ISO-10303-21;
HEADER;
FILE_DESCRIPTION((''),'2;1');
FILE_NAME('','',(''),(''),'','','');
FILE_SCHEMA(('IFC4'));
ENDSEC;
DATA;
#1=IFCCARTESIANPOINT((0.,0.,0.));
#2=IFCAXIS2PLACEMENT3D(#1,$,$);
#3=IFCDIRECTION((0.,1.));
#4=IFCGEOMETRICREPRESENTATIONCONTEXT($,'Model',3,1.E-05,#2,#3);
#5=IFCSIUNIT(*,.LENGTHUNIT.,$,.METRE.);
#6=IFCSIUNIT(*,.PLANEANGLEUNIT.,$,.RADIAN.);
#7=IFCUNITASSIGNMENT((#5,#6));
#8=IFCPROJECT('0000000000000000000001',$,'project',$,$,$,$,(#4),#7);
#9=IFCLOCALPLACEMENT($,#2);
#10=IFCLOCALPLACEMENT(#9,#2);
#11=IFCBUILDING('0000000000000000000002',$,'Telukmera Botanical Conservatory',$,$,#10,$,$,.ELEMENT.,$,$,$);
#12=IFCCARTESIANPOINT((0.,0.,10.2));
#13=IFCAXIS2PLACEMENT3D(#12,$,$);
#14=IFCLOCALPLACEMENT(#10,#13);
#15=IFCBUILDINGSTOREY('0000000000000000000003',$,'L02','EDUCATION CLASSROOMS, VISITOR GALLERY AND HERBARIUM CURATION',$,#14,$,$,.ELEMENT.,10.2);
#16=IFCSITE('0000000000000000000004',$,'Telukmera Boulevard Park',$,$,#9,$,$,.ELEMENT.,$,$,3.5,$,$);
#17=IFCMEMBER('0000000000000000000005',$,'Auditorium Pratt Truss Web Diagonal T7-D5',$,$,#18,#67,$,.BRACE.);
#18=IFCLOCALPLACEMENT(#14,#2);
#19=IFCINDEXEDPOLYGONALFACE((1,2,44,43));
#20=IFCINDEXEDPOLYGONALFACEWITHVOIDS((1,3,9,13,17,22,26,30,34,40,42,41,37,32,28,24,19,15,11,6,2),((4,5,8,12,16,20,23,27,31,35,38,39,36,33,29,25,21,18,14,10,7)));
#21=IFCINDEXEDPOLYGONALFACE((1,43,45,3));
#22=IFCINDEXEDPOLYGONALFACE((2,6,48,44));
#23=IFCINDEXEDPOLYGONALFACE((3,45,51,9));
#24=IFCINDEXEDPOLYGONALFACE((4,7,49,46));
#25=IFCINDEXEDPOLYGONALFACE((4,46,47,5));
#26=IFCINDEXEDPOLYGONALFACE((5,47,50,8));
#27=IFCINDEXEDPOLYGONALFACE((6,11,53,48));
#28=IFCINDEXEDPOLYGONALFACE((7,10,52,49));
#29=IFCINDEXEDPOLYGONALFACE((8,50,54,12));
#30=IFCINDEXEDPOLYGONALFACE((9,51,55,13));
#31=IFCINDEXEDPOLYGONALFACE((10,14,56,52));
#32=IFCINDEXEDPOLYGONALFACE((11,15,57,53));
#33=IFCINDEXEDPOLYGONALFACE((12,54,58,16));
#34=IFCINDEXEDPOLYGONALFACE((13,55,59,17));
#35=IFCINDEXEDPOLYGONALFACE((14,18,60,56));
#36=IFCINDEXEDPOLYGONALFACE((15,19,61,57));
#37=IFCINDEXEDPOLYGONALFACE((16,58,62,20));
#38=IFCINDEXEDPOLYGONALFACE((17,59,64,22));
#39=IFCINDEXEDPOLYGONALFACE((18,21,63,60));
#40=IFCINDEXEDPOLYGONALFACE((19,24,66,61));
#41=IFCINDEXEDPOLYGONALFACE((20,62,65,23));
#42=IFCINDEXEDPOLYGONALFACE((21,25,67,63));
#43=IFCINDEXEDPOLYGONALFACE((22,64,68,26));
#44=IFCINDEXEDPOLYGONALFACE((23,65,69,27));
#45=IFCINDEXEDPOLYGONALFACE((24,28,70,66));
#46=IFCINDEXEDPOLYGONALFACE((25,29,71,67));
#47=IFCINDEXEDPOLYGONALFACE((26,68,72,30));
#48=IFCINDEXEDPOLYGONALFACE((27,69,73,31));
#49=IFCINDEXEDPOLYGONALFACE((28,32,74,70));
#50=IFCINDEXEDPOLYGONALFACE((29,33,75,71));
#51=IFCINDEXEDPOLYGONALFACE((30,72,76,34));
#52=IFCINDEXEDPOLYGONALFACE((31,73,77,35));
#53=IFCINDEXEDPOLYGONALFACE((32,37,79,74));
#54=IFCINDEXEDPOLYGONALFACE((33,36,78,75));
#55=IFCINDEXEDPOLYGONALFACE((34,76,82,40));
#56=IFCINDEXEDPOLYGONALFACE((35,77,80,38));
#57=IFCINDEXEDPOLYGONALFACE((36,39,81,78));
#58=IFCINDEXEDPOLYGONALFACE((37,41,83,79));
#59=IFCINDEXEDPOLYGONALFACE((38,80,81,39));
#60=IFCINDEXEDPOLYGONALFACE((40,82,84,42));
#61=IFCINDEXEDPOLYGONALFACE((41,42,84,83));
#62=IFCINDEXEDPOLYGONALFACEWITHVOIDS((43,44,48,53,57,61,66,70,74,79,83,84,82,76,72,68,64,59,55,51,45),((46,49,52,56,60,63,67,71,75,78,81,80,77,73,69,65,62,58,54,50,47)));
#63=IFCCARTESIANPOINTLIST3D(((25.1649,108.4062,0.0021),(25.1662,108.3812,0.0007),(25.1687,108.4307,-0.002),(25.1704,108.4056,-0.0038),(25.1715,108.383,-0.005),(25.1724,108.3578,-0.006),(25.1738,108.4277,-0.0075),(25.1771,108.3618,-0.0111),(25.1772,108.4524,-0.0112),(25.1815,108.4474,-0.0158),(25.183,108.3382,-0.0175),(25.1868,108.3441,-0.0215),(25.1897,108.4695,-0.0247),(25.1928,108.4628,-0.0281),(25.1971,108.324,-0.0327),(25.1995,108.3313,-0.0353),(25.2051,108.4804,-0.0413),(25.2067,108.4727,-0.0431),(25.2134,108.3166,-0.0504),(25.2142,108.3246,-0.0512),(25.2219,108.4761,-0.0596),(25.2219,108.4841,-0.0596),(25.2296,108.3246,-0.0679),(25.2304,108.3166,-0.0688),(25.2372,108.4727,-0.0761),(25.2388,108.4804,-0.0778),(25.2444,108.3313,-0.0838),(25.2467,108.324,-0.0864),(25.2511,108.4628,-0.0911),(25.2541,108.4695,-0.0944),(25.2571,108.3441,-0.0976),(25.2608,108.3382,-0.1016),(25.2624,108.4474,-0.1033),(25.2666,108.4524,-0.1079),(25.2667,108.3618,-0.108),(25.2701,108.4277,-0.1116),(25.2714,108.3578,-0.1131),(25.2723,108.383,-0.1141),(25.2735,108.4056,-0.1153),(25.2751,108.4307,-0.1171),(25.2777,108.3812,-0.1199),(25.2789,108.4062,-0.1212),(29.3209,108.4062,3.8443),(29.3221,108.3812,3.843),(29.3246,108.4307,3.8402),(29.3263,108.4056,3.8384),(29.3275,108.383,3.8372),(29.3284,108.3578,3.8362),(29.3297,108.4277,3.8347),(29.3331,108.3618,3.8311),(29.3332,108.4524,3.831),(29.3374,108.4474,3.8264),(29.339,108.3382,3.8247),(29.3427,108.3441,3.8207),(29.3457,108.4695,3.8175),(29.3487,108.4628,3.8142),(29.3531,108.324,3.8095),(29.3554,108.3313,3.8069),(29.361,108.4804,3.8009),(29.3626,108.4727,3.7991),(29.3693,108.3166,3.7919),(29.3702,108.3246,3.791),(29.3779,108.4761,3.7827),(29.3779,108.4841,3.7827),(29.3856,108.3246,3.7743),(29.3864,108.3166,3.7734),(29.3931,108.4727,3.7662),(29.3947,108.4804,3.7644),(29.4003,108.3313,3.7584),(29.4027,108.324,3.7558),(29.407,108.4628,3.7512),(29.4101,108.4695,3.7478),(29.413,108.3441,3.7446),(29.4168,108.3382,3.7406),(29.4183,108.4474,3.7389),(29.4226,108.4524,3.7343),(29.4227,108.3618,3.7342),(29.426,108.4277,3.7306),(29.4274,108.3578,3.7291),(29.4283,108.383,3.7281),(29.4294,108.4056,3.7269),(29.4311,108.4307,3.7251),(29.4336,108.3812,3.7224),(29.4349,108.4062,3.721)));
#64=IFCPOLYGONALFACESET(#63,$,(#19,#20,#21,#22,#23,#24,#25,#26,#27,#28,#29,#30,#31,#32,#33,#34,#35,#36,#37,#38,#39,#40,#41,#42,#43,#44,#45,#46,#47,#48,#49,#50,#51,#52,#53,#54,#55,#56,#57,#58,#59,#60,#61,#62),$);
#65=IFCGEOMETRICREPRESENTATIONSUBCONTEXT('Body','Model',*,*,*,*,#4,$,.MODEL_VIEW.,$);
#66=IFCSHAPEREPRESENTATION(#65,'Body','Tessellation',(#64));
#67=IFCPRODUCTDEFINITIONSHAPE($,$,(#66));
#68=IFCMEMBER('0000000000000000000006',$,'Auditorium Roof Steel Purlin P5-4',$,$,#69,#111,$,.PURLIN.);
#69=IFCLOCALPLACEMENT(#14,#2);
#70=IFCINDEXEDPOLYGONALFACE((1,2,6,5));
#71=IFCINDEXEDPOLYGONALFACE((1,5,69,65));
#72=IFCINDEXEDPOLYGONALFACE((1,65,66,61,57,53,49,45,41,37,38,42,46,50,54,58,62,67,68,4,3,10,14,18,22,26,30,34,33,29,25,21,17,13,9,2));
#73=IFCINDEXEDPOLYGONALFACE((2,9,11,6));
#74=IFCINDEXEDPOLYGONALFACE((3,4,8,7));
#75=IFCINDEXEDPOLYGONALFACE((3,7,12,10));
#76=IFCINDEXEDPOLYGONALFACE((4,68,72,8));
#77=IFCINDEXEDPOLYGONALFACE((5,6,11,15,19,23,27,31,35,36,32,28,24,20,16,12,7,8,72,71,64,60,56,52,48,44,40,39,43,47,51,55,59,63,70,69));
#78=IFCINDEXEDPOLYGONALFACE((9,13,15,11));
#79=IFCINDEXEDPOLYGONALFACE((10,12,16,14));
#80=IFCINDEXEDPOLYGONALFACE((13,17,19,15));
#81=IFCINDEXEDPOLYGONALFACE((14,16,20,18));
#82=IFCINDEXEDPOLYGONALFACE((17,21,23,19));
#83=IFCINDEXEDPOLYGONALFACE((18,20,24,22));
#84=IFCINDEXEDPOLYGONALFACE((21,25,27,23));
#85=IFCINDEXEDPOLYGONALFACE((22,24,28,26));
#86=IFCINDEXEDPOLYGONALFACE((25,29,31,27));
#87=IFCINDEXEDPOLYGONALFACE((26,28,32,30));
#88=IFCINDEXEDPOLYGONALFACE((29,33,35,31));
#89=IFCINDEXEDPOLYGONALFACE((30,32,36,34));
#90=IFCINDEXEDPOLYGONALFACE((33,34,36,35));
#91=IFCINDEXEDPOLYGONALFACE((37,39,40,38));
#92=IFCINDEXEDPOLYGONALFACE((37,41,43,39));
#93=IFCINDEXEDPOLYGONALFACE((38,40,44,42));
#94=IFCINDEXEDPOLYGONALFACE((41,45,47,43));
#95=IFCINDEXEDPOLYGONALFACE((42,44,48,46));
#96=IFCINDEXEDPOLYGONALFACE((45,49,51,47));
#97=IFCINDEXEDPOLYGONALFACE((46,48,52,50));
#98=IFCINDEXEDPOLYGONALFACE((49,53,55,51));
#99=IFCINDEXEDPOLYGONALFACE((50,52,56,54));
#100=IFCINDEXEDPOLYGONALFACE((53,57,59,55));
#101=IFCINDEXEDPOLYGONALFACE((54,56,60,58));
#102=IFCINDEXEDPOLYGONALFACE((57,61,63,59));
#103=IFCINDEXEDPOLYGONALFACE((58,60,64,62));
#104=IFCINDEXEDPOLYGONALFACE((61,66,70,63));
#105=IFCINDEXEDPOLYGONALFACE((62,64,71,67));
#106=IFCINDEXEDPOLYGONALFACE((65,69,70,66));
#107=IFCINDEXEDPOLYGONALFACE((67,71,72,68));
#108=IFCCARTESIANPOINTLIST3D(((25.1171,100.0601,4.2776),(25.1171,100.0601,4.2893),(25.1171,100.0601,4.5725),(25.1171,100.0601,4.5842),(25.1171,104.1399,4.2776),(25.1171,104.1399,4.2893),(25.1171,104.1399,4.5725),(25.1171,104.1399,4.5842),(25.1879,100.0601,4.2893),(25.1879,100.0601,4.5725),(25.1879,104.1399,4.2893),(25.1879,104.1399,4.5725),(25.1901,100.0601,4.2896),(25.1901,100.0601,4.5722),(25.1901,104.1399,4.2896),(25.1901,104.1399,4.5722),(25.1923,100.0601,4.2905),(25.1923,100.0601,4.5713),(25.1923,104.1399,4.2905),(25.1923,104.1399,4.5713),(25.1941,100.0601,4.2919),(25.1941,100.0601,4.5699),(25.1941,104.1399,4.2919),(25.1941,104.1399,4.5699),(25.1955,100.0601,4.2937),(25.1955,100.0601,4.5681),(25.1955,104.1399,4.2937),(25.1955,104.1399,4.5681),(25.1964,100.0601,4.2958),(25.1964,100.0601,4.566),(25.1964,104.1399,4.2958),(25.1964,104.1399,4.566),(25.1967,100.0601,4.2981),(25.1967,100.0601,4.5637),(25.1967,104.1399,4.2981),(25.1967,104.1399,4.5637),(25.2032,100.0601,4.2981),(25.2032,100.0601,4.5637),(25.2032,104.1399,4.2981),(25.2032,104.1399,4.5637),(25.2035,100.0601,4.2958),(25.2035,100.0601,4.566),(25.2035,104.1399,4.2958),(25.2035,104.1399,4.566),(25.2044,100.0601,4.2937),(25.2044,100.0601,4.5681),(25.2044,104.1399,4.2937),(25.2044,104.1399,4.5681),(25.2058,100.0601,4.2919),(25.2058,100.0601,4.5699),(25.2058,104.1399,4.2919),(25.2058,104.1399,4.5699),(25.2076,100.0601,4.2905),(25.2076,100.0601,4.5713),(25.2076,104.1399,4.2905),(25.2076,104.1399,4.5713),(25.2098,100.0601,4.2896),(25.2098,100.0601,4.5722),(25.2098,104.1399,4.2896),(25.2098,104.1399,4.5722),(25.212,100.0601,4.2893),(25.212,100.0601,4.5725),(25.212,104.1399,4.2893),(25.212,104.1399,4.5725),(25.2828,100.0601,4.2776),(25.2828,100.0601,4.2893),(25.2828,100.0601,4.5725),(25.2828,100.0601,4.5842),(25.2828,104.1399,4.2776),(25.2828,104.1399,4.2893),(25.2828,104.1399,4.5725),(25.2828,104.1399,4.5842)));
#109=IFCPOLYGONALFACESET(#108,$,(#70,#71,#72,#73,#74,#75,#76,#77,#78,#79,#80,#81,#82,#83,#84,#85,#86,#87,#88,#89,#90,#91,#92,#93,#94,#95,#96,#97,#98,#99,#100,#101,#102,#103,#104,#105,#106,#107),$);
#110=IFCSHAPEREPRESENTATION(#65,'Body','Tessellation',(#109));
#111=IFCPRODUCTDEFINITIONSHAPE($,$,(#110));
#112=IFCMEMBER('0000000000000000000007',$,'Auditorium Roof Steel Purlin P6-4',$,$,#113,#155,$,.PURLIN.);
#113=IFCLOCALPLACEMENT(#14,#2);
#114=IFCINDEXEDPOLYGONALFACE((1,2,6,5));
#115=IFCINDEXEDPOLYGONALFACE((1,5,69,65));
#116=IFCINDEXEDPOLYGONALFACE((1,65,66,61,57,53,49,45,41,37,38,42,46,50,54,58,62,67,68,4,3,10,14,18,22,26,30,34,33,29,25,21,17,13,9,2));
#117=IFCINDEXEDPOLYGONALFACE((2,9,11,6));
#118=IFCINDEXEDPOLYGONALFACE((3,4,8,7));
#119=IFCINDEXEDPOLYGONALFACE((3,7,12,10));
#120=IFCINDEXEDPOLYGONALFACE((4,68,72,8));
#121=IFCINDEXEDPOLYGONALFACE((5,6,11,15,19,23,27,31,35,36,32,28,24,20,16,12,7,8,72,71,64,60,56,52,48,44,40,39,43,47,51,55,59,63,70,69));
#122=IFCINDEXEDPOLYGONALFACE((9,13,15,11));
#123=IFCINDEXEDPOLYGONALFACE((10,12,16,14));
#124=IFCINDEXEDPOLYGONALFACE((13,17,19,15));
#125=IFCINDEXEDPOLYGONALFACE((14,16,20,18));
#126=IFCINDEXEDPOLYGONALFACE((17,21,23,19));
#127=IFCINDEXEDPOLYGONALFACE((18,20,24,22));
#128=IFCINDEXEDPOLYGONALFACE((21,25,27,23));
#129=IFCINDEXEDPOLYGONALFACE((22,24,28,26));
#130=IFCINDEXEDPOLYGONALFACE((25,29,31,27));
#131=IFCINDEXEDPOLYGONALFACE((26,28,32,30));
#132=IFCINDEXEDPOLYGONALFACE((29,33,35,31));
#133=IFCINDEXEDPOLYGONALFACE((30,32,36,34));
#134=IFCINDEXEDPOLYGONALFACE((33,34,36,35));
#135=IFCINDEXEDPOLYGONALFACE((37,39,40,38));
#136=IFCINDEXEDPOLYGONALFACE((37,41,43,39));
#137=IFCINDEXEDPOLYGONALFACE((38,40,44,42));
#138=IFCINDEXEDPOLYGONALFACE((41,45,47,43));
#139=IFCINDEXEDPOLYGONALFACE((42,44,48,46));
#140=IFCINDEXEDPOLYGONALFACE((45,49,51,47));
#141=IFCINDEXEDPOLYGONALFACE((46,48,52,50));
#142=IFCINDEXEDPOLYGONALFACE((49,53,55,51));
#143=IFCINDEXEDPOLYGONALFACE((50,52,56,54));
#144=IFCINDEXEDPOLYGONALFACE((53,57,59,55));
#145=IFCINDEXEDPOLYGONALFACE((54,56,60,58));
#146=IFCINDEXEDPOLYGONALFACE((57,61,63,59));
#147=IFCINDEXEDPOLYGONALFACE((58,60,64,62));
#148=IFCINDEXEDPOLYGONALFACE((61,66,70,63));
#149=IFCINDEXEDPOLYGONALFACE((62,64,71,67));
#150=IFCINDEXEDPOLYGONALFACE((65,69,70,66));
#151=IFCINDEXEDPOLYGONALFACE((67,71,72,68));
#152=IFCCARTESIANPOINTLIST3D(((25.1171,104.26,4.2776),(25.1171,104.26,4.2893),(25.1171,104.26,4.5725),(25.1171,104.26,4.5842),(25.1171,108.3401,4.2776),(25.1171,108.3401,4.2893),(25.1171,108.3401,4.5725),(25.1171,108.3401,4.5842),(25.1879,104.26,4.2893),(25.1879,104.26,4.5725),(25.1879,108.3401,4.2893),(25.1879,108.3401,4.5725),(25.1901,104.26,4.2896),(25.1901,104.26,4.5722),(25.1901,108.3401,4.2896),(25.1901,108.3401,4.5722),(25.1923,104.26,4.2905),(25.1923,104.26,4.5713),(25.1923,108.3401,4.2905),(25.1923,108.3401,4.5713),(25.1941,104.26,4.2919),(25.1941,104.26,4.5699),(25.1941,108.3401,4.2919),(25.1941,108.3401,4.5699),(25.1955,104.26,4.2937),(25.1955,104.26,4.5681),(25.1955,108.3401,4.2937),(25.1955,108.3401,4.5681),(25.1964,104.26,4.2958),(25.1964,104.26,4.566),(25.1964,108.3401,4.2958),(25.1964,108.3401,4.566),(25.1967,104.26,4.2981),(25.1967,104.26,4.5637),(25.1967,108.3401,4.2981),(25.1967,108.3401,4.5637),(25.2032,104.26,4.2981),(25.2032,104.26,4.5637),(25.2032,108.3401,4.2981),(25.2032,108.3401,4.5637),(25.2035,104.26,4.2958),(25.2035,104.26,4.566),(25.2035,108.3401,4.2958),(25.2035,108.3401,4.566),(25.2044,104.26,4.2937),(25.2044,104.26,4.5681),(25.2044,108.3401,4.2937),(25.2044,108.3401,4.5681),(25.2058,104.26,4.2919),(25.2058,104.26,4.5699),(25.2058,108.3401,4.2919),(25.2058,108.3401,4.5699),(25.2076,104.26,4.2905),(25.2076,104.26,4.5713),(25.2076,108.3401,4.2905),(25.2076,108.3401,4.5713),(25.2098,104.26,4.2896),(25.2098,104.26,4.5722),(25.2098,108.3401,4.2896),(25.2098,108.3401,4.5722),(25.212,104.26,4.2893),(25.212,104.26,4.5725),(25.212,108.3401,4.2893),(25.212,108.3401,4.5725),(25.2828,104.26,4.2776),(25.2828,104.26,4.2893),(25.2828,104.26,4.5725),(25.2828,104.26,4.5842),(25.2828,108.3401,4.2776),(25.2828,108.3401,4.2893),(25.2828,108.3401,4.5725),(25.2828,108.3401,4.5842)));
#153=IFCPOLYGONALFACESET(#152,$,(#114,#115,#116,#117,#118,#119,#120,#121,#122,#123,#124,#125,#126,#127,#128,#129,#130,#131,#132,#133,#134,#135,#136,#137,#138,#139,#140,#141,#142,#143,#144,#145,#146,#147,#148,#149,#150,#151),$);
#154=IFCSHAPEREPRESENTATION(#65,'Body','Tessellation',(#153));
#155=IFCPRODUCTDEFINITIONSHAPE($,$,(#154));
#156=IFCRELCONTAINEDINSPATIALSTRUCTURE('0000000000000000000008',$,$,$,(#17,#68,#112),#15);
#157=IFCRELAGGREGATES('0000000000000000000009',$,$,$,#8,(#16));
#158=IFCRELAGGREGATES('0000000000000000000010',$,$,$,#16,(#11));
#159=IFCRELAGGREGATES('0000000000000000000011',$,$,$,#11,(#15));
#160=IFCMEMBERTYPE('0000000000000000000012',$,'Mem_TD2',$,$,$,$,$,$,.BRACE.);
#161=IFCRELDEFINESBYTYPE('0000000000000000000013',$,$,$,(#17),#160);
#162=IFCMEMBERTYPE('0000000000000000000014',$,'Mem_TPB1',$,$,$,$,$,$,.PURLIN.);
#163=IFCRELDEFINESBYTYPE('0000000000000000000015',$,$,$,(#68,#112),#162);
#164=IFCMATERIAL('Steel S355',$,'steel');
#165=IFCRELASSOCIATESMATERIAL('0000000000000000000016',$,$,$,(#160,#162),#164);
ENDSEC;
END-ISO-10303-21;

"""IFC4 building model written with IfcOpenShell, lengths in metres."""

from ifc_helpers import new_model, si_unit, direction, frame, origin, origin_2d, place, context, subcontext, project, spatial, hollow_circle, i_section, extrude, material, material_profile, profile_set, type_object, element, save


model = new_model("IFC4")

# Units and contexts
model_context = context("Model", 3, precision=1e-05, world=origin(), true_north=direction((0.0, 1.0)))
body_context = subcontext(model_context, "Body", "Model", "MODEL_VIEW")
ifc_project = project(units=[si_unit("LENGTHUNIT", "METRE"), si_unit("PLANEANGLEUNIT", "RADIAN")], contexts=[model_context])

# Site, building, storey
site_placement = place(None, origin())
site = spatial("IfcSite", under=ifc_project, at=site_placement, Name="Telukmera Boulevard Park", CompositionType="ELEMENT", RefElevation=3.5)
building_placement = place(site_placement, origin())
building = spatial("IfcBuilding", under=site, at=building_placement, Name="Telukmera Botanical Conservatory", CompositionType="ELEMENT")
storey_placement = place(building_placement, frame((0.0, 0.0, 10.2)))
storey = spatial("IfcBuildingStorey", under=building, at=storey_placement, Name="L02", Description="EDUCATION CLASSROOMS, VISITOR GALLERY AND HERBARIUM CURATION", CompositionType="ELEMENT", Elevation=10.2)

# Members
ifc_material = material(Name="Steel S355", Category="steel")
ifc_material_profile_1 = material_profile(ifc_material, hollow_circle(Radius=0.0842, WallThickness=0.0081, at=origin_2d()), Name="CHS 168.3x8.0")
ifc_profile_set_1 = profile_set([ifc_material_profile_1], Name="Steel S355")
member_type_1 = type_object("IfcMemberType", Name="Mem_TD2", PredefinedType="BRACE", material=ifc_profile_set_1)
for number, where, z_axis, x_axis, name in (
    (1, (25.2219, 108.3999, -0.0596), (0.734277, 0.0, 0.67885), (0.0, 1.0, 0.0), "Auditorium Pratt Truss Web Diagonal T7-D5"),
):
    element("IfcMember", number, at=place(storey_placement, frame(where, z_axis=z_axis, x_axis=x_axis)), inside=storey, type_object=member_type_1, Name=name, PredefinedType="BRACE", context=body_context, shape_type="SweptSolid", body=[
        extrude(hollow_circle(Radius=0.0842, WallThickness=0.0081, at=origin_2d()), origin(), (0.0, 0.0, 1.0), 5.6599),
    ])
ifc_material_profile_2 = material_profile(ifc_material, i_section(OverallWidth=0.1658, OverallDepth=0.3066, WebThickness=0.0066, FlangeThickness=0.0117, FilletRadius=0.0088, at=origin_2d()), Name="UB 305x165x46")
ifc_profile_set_2 = profile_set([ifc_material_profile_2], Name="Steel S355")
member_type_2 = type_object("IfcMemberType", Name="Mem_TPB1", PredefinedType="PURLIN", material=ifc_profile_set_2)
member_1_placement = place(storey_placement, frame((25.2, 100.0601, 4.4309), z_axis=(0.0, 1.0, 0.0), x_axis=(-1.0, 0.0, 0.0)))
element("IfcMember", 2, at=member_1_placement, inside=storey, type_object=member_type_2, Name="Auditorium Roof Steel Purlin P5-4", PredefinedType="PURLIN", context=body_context, shape_type="SweptSolid", body=[
    extrude(i_section(OverallWidth=0.1658, OverallDepth=0.3066, WebThickness=0.0066, FlangeThickness=0.0117, FilletRadius=0.0088, at=origin_2d()), origin(), (0.0, 0.0, 1.0), 4.0798),
])
member_2_placement = place(storey_placement, frame((25.2, 104.26, 4.4309), z_axis=(0.0, 1.0, 0.0), x_axis=(-1.0, 0.0, 0.0)))
element("IfcMember", 3, at=member_2_placement, inside=storey, type_object=member_type_2, Name="Auditorium Roof Steel Purlin P6-4", PredefinedType="PURLIN", context=body_context, shape_type="SweptSolid", body=[
    extrude(i_section(OverallWidth=0.1658, OverallDepth=0.3066, WebThickness=0.0066, FlangeThickness=0.0117, FilletRadius=0.0088, at=origin_2d()), origin(), (0.0, 0.0, 1.0), 4.0801),
])

save(model, "model.ifc")
